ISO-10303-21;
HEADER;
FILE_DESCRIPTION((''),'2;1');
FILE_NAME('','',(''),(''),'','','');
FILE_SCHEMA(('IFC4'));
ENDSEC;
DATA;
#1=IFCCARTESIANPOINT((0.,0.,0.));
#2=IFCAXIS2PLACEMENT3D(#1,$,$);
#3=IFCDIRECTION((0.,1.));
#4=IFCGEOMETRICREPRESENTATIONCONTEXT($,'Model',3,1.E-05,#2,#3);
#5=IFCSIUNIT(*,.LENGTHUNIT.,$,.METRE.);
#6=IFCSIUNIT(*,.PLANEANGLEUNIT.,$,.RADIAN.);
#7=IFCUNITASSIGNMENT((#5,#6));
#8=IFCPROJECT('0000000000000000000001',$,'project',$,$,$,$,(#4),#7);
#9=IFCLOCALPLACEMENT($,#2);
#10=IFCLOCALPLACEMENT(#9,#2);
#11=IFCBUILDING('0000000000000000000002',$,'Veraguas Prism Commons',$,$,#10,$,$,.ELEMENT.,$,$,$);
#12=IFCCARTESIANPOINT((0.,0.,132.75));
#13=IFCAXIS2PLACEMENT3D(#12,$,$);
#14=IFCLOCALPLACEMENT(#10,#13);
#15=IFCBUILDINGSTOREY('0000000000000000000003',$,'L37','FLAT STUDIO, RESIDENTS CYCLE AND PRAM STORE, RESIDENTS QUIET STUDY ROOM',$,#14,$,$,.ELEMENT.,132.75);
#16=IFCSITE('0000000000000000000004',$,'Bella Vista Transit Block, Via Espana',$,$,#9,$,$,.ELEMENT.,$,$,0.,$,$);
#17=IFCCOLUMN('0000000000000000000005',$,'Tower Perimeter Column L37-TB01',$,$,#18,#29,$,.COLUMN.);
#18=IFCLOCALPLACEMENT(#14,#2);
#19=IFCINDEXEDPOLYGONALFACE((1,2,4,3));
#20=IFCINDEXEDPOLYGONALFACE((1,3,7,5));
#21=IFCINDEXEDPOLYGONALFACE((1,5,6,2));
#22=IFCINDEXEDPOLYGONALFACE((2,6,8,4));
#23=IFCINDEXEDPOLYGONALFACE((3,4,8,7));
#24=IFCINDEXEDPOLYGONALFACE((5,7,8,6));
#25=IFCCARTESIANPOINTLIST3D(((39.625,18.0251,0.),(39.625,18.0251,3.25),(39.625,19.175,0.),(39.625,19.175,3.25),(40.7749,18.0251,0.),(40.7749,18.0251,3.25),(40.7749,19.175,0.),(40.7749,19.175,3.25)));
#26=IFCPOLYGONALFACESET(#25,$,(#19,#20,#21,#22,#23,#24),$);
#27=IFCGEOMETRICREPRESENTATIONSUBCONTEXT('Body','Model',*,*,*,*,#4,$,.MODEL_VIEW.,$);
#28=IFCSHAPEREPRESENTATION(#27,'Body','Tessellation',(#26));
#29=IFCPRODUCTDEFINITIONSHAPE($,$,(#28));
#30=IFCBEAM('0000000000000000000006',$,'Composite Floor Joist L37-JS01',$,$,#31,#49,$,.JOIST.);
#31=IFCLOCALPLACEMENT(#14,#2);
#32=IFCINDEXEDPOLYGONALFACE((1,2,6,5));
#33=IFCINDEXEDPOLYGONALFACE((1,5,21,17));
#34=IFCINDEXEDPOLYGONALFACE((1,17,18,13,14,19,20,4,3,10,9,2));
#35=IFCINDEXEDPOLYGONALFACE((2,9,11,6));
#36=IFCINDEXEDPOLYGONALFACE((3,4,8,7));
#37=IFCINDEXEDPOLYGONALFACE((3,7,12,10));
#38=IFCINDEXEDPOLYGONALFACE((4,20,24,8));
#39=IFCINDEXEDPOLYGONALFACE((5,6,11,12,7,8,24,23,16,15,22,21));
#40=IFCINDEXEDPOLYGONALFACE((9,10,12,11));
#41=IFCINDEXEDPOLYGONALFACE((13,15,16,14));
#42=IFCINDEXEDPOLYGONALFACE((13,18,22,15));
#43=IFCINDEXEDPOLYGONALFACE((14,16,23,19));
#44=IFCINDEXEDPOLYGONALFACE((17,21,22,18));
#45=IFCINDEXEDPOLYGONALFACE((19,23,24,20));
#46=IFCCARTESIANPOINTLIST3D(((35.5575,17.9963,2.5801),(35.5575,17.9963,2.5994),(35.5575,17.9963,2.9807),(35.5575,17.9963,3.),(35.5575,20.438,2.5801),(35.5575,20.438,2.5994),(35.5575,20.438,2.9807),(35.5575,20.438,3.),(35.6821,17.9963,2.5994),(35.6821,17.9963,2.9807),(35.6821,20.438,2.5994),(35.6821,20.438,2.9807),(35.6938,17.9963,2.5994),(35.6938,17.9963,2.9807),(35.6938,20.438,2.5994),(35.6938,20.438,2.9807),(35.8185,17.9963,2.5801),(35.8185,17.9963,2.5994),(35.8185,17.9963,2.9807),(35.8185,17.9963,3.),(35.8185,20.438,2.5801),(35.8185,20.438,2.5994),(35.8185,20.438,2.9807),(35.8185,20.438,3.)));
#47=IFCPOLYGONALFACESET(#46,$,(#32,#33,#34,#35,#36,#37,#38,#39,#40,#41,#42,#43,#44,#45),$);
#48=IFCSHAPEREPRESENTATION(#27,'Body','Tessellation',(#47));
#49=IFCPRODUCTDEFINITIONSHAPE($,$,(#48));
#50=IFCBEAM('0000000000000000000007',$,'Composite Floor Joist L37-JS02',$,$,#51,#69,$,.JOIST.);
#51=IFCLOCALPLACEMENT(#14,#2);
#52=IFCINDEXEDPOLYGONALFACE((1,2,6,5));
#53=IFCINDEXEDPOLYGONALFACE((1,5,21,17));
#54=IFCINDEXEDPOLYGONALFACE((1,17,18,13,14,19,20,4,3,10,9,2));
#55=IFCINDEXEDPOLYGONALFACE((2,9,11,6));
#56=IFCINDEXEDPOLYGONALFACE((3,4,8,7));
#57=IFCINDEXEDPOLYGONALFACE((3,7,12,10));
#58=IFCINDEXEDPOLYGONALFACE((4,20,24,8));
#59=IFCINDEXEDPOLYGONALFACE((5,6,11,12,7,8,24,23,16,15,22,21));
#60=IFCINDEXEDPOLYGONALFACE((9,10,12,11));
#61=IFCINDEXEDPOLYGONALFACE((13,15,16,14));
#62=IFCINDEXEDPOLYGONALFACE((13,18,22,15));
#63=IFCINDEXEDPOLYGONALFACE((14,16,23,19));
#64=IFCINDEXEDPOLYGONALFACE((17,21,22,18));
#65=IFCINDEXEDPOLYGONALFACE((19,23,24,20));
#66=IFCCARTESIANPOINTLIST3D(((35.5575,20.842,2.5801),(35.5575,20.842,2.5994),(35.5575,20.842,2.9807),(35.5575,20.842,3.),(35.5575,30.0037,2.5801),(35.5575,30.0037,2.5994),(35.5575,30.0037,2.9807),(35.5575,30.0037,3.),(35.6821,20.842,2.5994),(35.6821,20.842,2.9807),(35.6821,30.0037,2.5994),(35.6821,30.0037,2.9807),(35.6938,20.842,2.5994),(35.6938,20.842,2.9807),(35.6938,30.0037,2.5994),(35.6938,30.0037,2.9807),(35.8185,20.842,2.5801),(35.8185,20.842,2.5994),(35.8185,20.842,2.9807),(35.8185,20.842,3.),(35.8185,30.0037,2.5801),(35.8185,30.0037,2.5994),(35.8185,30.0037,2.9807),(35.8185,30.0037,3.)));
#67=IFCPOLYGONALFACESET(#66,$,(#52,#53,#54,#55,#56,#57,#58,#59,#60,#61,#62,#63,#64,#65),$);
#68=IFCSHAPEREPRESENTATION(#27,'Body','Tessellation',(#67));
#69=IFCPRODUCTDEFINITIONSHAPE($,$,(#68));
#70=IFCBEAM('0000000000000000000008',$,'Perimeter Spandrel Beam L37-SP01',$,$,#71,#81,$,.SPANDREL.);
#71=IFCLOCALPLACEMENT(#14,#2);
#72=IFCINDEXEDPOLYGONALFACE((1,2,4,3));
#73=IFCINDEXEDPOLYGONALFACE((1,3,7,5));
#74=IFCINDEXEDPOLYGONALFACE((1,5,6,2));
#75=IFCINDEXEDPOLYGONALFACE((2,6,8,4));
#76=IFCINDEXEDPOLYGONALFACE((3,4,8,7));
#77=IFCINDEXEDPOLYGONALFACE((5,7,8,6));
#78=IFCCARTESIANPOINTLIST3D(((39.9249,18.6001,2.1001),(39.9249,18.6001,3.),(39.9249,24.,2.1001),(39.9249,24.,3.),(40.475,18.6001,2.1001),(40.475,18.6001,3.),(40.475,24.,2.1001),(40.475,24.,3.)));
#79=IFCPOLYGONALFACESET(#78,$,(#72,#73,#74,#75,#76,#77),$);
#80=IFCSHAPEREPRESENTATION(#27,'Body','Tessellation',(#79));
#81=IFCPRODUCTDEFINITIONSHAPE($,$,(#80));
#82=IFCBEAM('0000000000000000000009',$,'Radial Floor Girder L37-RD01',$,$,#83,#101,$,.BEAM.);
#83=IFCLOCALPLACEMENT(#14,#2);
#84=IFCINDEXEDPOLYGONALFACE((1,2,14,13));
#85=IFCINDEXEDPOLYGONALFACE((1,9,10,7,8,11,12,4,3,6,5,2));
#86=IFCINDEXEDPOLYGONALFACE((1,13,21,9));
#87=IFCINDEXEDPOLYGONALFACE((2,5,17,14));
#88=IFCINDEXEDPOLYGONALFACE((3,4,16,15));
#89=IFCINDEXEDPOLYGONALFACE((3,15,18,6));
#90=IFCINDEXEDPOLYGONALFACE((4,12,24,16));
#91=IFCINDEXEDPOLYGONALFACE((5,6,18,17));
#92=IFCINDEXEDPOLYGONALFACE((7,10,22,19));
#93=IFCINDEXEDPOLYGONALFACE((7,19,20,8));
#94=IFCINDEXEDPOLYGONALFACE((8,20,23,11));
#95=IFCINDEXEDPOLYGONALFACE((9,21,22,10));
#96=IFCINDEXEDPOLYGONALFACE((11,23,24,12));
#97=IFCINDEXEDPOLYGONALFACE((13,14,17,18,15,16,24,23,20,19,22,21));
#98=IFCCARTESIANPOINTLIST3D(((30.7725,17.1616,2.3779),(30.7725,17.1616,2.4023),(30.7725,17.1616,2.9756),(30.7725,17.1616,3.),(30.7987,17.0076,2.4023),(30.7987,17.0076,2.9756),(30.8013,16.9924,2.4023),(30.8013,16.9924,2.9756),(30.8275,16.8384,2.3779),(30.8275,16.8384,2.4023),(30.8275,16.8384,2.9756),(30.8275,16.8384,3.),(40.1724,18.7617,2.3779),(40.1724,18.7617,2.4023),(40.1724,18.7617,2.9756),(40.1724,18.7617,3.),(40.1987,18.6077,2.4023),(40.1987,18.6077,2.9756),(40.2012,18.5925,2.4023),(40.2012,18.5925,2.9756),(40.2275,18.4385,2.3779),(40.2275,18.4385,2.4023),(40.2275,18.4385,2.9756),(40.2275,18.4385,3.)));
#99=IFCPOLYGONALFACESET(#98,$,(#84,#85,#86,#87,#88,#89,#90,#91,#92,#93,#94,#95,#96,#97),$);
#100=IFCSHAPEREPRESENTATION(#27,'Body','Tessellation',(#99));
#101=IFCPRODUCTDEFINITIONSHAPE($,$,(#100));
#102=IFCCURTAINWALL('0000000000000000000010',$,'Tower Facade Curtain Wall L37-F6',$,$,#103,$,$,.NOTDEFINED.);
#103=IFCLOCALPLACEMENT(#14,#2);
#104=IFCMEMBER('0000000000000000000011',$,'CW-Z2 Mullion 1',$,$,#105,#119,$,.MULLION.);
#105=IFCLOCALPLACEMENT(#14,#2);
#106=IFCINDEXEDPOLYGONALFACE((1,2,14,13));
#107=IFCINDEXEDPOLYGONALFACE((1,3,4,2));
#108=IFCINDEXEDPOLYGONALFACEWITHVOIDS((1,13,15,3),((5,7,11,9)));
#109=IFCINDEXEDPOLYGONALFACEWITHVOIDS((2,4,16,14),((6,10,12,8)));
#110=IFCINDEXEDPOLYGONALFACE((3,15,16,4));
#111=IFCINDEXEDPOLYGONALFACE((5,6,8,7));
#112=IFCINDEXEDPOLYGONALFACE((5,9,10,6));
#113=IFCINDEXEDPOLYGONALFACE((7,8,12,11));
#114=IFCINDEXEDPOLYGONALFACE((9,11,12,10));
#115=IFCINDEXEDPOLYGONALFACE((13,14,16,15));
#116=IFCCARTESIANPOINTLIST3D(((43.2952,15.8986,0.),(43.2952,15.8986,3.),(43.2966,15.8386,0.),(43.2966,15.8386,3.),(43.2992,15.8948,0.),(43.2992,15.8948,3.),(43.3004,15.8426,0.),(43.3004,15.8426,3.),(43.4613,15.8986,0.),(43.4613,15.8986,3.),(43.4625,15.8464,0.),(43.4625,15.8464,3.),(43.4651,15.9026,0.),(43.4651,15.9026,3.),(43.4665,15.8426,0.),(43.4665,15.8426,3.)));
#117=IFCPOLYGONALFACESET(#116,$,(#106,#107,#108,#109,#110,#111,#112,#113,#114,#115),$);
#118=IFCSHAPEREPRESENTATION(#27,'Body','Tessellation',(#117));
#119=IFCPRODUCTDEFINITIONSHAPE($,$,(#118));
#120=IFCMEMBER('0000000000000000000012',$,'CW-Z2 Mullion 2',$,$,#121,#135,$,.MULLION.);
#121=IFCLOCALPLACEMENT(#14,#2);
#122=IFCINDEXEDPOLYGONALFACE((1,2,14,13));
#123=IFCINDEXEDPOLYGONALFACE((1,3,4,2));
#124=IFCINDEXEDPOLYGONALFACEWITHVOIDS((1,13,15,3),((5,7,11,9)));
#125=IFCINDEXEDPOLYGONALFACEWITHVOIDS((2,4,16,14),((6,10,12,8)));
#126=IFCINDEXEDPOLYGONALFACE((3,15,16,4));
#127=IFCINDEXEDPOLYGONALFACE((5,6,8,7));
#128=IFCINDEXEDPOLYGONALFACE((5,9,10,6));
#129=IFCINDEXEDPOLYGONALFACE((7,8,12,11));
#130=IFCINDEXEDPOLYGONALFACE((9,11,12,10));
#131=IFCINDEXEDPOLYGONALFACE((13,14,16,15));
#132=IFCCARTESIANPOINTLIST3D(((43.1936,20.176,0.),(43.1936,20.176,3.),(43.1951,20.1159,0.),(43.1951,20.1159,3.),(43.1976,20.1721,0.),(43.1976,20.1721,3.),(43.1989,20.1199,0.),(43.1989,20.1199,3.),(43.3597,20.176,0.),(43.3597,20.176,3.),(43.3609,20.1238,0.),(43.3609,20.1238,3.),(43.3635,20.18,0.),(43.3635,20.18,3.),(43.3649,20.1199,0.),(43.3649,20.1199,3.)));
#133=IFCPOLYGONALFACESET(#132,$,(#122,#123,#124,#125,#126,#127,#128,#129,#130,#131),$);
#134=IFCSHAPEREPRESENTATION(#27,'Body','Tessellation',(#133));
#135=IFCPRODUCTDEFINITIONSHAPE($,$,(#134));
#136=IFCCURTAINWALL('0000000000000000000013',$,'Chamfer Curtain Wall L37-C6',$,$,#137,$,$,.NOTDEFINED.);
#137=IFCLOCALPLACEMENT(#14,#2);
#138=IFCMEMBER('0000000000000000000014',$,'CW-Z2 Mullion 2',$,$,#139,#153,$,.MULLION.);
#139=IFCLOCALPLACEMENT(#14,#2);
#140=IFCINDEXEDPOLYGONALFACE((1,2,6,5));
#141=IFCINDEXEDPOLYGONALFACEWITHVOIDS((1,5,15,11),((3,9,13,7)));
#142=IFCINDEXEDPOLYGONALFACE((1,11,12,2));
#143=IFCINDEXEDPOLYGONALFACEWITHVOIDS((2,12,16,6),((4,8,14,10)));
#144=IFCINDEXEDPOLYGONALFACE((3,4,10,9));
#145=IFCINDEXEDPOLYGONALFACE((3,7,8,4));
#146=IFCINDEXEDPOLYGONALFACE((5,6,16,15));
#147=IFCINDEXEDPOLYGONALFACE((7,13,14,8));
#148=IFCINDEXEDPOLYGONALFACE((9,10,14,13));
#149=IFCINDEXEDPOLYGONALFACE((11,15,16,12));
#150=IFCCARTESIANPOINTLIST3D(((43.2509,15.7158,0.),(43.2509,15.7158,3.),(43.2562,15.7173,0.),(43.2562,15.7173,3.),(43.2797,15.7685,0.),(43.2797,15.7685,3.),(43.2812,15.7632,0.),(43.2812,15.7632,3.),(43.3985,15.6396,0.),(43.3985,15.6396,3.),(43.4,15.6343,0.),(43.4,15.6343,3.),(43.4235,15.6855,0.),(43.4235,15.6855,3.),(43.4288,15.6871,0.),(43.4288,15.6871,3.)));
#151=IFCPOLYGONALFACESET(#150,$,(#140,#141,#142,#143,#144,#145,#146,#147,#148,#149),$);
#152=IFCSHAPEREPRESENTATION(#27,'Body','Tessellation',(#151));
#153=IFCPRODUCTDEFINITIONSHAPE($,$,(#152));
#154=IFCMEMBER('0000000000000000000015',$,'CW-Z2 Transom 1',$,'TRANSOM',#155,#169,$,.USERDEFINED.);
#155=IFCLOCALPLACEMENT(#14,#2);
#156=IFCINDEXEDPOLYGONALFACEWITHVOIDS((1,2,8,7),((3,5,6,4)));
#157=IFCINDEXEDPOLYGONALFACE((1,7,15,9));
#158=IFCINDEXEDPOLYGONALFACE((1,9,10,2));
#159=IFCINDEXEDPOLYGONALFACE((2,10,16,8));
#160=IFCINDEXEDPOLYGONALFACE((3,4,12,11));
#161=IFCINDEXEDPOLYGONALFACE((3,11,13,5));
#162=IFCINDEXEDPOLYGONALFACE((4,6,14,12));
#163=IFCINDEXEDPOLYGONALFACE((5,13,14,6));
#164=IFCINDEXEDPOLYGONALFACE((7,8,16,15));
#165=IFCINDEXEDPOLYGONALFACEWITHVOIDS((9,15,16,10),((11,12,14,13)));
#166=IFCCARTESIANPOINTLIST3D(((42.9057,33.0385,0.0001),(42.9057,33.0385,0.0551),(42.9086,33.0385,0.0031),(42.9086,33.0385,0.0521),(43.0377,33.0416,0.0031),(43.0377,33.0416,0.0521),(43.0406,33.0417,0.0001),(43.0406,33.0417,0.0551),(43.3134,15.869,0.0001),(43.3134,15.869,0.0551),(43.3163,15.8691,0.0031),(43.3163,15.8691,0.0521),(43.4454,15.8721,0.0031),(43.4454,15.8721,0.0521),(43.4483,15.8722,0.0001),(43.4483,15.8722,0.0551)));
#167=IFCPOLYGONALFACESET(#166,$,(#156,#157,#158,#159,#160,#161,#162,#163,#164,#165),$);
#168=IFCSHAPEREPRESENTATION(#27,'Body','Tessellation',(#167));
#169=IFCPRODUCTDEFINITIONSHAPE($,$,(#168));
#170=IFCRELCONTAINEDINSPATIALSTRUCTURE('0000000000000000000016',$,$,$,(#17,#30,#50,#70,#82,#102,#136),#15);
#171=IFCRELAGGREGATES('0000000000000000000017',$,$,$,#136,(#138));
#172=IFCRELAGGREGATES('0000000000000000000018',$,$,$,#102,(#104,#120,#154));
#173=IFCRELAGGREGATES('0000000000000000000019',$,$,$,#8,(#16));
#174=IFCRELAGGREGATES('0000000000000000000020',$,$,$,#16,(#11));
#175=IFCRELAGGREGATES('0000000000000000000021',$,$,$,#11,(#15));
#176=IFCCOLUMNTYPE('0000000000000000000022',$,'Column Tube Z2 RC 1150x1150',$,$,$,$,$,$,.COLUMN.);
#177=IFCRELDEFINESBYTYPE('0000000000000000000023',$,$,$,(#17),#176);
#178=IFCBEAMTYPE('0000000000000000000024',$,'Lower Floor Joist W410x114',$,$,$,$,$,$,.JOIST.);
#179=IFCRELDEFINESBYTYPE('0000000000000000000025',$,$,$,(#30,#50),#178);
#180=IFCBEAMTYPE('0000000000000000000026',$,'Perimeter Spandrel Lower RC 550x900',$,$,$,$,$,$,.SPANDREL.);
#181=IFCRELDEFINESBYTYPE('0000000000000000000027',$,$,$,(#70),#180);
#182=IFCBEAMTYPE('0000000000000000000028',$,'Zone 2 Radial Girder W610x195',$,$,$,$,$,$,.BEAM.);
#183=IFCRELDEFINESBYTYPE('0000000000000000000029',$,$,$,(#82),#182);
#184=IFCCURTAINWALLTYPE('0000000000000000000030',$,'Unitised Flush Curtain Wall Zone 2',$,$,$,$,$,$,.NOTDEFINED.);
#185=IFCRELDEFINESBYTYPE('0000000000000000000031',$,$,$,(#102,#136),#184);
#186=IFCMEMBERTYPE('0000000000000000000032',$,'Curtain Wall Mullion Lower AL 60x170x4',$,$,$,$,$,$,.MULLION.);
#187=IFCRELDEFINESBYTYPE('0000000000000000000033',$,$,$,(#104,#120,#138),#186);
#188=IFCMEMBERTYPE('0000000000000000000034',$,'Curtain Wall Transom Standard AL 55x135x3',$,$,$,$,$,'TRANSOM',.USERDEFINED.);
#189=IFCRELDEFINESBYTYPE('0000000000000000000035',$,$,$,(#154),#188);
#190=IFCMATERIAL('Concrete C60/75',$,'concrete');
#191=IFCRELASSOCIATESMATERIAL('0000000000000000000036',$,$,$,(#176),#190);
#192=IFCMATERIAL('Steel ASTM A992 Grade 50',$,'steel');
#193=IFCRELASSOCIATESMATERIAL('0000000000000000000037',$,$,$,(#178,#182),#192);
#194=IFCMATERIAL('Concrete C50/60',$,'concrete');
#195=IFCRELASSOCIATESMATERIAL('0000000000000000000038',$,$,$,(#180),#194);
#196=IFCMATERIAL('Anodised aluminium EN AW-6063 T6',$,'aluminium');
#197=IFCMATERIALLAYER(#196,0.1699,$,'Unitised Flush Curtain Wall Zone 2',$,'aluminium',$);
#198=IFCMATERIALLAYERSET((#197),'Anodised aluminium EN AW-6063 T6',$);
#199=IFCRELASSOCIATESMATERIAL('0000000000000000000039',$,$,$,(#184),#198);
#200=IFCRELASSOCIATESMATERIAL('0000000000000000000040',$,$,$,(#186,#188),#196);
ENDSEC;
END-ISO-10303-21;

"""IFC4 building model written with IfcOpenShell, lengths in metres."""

from ifc_helpers import new_model, si_unit, direction, frame, origin, origin_2d, place, context, subcontext, project, spatial, rectangle, hollow_rectangle, i_section, extrude, source, transform, mapped, material, layer, layer_set, material_profile, profile_set, type_object, element, aggregate, save


model = new_model("IFC4")

# Units and contexts
model_context = context("Model", 3, precision=1e-05, world=origin(), true_north=direction((0.0, 1.0)))
body_context = subcontext(model_context, "Body", "Model", "MODEL_VIEW")
ifc_project = project(units=[si_unit("LENGTHUNIT", "METRE"), si_unit("PLANEANGLEUNIT", "RADIAN")], contexts=[model_context])

# Site, building, storey
site_placement = place(None, origin())
site = spatial("IfcSite", under=ifc_project, at=site_placement, Name="Bella Vista Transit Block, Via Espana", CompositionType="ELEMENT", RefElevation=0.0)
building_placement = place(site_placement, origin())
building = spatial("IfcBuilding", under=site, at=building_placement, Name="Veraguas Prism Commons", CompositionType="ELEMENT")
storey_placement = place(building_placement, frame((0.0, 0.0, 132.75)))
storey = spatial("IfcBuildingStorey", under=building, at=storey_placement, Name="L37", Description="FLAT STUDIO, RESIDENTS CYCLE AND PRAM STORE, RESIDENTS QUIET STUDY ROOM", CompositionType="ELEMENT", Elevation=132.75)

# Column
ifc_material_1 = material(Name="Concrete C60/75", Category="concrete")
ifc_material_profile_1 = material_profile(ifc_material_1, rectangle(XDim=1.1499, YDim=1.1499, at=origin_2d()), Name="RC1150X1150")
ifc_profile_set_1 = profile_set([ifc_material_profile_1], Name="Concrete C60/75")
column_type = type_object("IfcColumnType", Name="Column Tube Z2 RC 1150x1150", PredefinedType="COLUMN", material=ifc_profile_set_1)
column_placement = place(storey_placement, frame((40.2, 18.6001, 0.0), z_axis=(0.0, 0.0, 1.0), x_axis=(1.0, 0.0, 0.0)))
element("IfcColumn", 1, at=column_placement, inside=storey, type_object=column_type, Name="Tower Perimeter Column L37-TB01", PredefinedType="COLUMN", context=body_context, shape_type="SweptSolid", body=[
    extrude(rectangle(XDim=1.1499, YDim=1.1499, at=origin_2d()), origin(), (0.0, 0.0, 1.0), 3.25),
])

# Beams
ifc_material_2 = material(Name="Steel ASTM A992 Grade 50", Category="steel")
ifc_material_profile_2 = material_profile(ifc_material_2, i_section(OverallWidth=0.261, OverallDepth=0.4199, WebThickness=0.0117, FlangeThickness=0.0193, at=origin_2d()), Name="W410X114")
ifc_profile_set_2 = profile_set([ifc_material_profile_2], Name="Steel ASTM A992 Grade 50")
beam_type_1 = type_object("IfcBeamType", Name="Lower Floor Joist W410x114", PredefinedType="JOIST", material=ifc_profile_set_2)
beam_1_placement = place(storey_placement, frame((35.688, 17.9963, 2.79), z_axis=(0.0, 1.0, 0.0), x_axis=(-1.0, 0.0, 0.0)))
element("IfcBeam", 2, at=beam_1_placement, inside=storey, type_object=beam_type_1, Name="Composite Floor Joist L37-JS01", PredefinedType="JOIST", context=body_context, shape_type="SweptSolid", body=[
    extrude(i_section(OverallWidth=0.261, OverallDepth=0.4199, WebThickness=0.0117, FlangeThickness=0.0193, at=origin_2d()), origin(), (0.0, 0.0, 1.0), 2.4417),
])
beam_2_placement = place(storey_placement, frame((35.688, 20.842, 2.79), z_axis=(0.0, 1.0, 0.0), x_axis=(-1.0, 0.0, 0.0)))
element("IfcBeam", 3, at=beam_2_placement, inside=storey, type_object=beam_type_1, Name="Composite Floor Joist L37-JS02", PredefinedType="JOIST", context=body_context, shape_type="SweptSolid", body=[
    extrude(i_section(OverallWidth=0.261, OverallDepth=0.4199, WebThickness=0.0117, FlangeThickness=0.0193, at=origin_2d()), origin(), (0.0, 0.0, 1.0), 9.1616),
])
ifc_material_3 = material(Name="Concrete C50/60", Category="concrete")
ifc_material_profile_3 = material_profile(ifc_material_3, rectangle(XDim=0.55, YDim=0.8999, at=origin_2d()), Name="RC550X900")
ifc_profile_set_3 = profile_set([ifc_material_profile_3], Name="Concrete C50/60")
beam_type_2 = type_object("IfcBeamType", Name="Perimeter Spandrel Lower RC 550x900", PredefinedType="SPANDREL", material=ifc_profile_set_3)
beam_3_placement = place(storey_placement, frame((40.2, 18.6001, 2.55), z_axis=(0.0, 1.0, 0.0), x_axis=(-1.0, 0.0, 0.0)))
element("IfcBeam", 4, at=beam_3_placement, inside=storey, type_object=beam_type_2, Name="Perimeter Spandrel Beam L37-SP01", PredefinedType="SPANDREL", context=body_context, shape_type="SweptSolid", body=[
    extrude(rectangle(XDim=0.55, YDim=0.8999, at=origin_2d()), origin(), (0.0, 0.0, 1.0), 5.3999),
])
ifc_material_profile_4 = material_profile(ifc_material_2, i_section(OverallWidth=0.3279, OverallDepth=0.6221, WebThickness=0.0154, FlangeThickness=0.0244, at=origin_2d()), Name="W610X195")
ifc_profile_set_4 = profile_set([ifc_material_profile_4], Name="Steel ASTM A992 Grade 50")
beam_type_3 = type_object("IfcBeamType", Name="Zone 2 Radial Girder W610x195", PredefinedType="BEAM", material=ifc_profile_set_4)
beam_4_placement = place(storey_placement, frame((40.2, 18.6001, 2.689), z_axis=(-0.985819, -0.167811, 0.0), x_axis=(0.167811, -0.985819, 0.0)))
element("IfcBeam", 5, at=beam_4_placement, inside=storey, type_object=beam_type_3, Name="Radial Floor Girder L37-RD01", PredefinedType="BEAM", context=body_context, shape_type="SweptSolid", body=[
    extrude(i_section(OverallWidth=0.3279, OverallDepth=0.6221, WebThickness=0.0154, FlangeThickness=0.0244, at=origin_2d()), origin(), (0.0, 0.0, 1.0), 9.5352),
])

# Curtain wall, members
ifc_material_4 = material(Name="Anodised aluminium EN AW-6063 T6", Category="aluminium")
ifc_layer_1 = layer(ifc_material_4, 0.1699, Name="Unitised Flush Curtain Wall Zone 2", Category="aluminium")
ifc_layer_set_1 = layer_set([ifc_layer_1], Name="Anodised aluminium EN AW-6063 T6")
curtain_wall_type = type_object("IfcCurtainWallType", Name="Unitised Flush Curtain Wall Zone 2", PredefinedType="NOTDEFINED", material=ifc_layer_set_1)
curtain_wall_1_placement = place(storey_placement, origin())
curtain_wall_1 = element("IfcCurtainWall", 6, at=curtain_wall_1_placement, inside=storey, type_object=curtain_wall_type, Name="Tower Facade Curtain Wall L37-F6", PredefinedType="NOTDEFINED")
ifc_material_profile_5 = material_profile(ifc_material_4, hollow_rectangle(XDim=0.0601, YDim=0.1699, WallThickness=0.0039, at=origin_2d()), Name="AL60X170X4")
ifc_profile_set_5 = profile_set([ifc_material_profile_5], Name="Anodised aluminium EN AW-6063 T6")
member_type_1 = type_object("IfcMemberType", Name="Curtain Wall Mullion Lower AL 60x170x4", PredefinedType="MULLION", material=ifc_profile_set_5)
shared_shape_1 = source(origin(), body_context, "Body", "SweptSolid", [
    extrude(hollow_rectangle(XDim=0.0601, YDim=0.1699, WallThickness=0.0039, at=origin_2d()), origin(), (0.0, 0.0, 1.0), 3.0),
])
member_1_placement = place(storey_placement, frame((43.3809, 15.8706, 0.0), z_axis=(0.0, 0.0, 1.0), x_axis=(-0.023738, 0.999718, 0.0)))
member_1 = element("IfcMember", 7, at=member_1_placement, type_object=member_type_1, Name="CW-Z2 Mullion 1", PredefinedType="MULLION", context=body_context, shape_type="MappedRepresentation", body=[
    mapped(shared_shape_1, transform((0.0, 0.0, 0.0), scale=1.0)),
])
member_2_placement = place(storey_placement, frame((43.2793, 20.1479, 0.0), z_axis=(0.0, 0.0, 1.0), x_axis=(-0.023738, 0.999718, 0.0)))
member_2 = element("IfcMember", 8, at=member_2_placement, type_object=member_type_1, Name="CW-Z2 Mullion 2", PredefinedType="MULLION", context=body_context, shape_type="MappedRepresentation", body=[
    mapped(shared_shape_1, transform((0.0, 0.0, 0.0), scale=1.0)),
])

# Curtain wall, member
curtain_wall_2_placement = place(storey_placement, origin())
curtain_wall_2 = element("IfcCurtainWall", 9, at=curtain_wall_2_placement, inside=storey, type_object=curtain_wall_type, Name="Chamfer Curtain Wall L37-C6", PredefinedType="NOTDEFINED")
member_3_placement = place(storey_placement, frame((43.3398, 15.7014, 0.0), z_axis=(0.0, 0.0, 1.0), x_axis=(0.479294, 0.877654, 0.0)))
member_3 = element("IfcMember", 10, at=member_3_placement, type_object=member_type_1, Name="CW-Z2 Mullion 2", PredefinedType="MULLION", context=body_context, shape_type="MappedRepresentation", body=[
    mapped(shared_shape_1, transform((0.0, 0.0, 0.0), scale=1.0)),
])
aggregate(curtain_wall_2, [member_3])

# Member
ifc_material_profile_6 = material_profile(ifc_material_4, hollow_rectangle(XDim=0.0549, YDim=0.135, WallThickness=0.0029, at=origin_2d()), Name="AL55X135X3")
ifc_profile_set_6 = profile_set([ifc_material_profile_6], Name="Anodised aluminium EN AW-6063 T6")
member_type_2 = type_object("IfcMemberType", Name="Curtain Wall Transom Standard AL 55x135x3", ElementType="TRANSOM", PredefinedType="USERDEFINED", material=ifc_profile_set_6)
shared_shape_2 = source(origin(), body_context, "Body", "SweptSolid", [
    extrude(hollow_rectangle(XDim=0.0549, YDim=0.135, WallThickness=0.0029, at=origin_2d()), origin(), (0.0, 0.0, 1.0), 17.1743),
])
member_4_placement = place(storey_placement, frame((43.3809, 15.8706, 0.0276), z_axis=(-0.02374, 0.999718, 0.0), x_axis=(0.0, 0.0, 1.0)))
member_4 = element("IfcMember", 11, at=member_4_placement, type_object=member_type_2, Name="CW-Z2 Transom 1", ObjectType="TRANSOM", PredefinedType="USERDEFINED", context=body_context, shape_type="MappedRepresentation", body=[
    mapped(shared_shape_2, transform((0.0, 0.0, 0.0), scale=1.0)),
])

aggregate(curtain_wall_1, [member_1, member_2, member_4])

save(model, "model.ifc")
